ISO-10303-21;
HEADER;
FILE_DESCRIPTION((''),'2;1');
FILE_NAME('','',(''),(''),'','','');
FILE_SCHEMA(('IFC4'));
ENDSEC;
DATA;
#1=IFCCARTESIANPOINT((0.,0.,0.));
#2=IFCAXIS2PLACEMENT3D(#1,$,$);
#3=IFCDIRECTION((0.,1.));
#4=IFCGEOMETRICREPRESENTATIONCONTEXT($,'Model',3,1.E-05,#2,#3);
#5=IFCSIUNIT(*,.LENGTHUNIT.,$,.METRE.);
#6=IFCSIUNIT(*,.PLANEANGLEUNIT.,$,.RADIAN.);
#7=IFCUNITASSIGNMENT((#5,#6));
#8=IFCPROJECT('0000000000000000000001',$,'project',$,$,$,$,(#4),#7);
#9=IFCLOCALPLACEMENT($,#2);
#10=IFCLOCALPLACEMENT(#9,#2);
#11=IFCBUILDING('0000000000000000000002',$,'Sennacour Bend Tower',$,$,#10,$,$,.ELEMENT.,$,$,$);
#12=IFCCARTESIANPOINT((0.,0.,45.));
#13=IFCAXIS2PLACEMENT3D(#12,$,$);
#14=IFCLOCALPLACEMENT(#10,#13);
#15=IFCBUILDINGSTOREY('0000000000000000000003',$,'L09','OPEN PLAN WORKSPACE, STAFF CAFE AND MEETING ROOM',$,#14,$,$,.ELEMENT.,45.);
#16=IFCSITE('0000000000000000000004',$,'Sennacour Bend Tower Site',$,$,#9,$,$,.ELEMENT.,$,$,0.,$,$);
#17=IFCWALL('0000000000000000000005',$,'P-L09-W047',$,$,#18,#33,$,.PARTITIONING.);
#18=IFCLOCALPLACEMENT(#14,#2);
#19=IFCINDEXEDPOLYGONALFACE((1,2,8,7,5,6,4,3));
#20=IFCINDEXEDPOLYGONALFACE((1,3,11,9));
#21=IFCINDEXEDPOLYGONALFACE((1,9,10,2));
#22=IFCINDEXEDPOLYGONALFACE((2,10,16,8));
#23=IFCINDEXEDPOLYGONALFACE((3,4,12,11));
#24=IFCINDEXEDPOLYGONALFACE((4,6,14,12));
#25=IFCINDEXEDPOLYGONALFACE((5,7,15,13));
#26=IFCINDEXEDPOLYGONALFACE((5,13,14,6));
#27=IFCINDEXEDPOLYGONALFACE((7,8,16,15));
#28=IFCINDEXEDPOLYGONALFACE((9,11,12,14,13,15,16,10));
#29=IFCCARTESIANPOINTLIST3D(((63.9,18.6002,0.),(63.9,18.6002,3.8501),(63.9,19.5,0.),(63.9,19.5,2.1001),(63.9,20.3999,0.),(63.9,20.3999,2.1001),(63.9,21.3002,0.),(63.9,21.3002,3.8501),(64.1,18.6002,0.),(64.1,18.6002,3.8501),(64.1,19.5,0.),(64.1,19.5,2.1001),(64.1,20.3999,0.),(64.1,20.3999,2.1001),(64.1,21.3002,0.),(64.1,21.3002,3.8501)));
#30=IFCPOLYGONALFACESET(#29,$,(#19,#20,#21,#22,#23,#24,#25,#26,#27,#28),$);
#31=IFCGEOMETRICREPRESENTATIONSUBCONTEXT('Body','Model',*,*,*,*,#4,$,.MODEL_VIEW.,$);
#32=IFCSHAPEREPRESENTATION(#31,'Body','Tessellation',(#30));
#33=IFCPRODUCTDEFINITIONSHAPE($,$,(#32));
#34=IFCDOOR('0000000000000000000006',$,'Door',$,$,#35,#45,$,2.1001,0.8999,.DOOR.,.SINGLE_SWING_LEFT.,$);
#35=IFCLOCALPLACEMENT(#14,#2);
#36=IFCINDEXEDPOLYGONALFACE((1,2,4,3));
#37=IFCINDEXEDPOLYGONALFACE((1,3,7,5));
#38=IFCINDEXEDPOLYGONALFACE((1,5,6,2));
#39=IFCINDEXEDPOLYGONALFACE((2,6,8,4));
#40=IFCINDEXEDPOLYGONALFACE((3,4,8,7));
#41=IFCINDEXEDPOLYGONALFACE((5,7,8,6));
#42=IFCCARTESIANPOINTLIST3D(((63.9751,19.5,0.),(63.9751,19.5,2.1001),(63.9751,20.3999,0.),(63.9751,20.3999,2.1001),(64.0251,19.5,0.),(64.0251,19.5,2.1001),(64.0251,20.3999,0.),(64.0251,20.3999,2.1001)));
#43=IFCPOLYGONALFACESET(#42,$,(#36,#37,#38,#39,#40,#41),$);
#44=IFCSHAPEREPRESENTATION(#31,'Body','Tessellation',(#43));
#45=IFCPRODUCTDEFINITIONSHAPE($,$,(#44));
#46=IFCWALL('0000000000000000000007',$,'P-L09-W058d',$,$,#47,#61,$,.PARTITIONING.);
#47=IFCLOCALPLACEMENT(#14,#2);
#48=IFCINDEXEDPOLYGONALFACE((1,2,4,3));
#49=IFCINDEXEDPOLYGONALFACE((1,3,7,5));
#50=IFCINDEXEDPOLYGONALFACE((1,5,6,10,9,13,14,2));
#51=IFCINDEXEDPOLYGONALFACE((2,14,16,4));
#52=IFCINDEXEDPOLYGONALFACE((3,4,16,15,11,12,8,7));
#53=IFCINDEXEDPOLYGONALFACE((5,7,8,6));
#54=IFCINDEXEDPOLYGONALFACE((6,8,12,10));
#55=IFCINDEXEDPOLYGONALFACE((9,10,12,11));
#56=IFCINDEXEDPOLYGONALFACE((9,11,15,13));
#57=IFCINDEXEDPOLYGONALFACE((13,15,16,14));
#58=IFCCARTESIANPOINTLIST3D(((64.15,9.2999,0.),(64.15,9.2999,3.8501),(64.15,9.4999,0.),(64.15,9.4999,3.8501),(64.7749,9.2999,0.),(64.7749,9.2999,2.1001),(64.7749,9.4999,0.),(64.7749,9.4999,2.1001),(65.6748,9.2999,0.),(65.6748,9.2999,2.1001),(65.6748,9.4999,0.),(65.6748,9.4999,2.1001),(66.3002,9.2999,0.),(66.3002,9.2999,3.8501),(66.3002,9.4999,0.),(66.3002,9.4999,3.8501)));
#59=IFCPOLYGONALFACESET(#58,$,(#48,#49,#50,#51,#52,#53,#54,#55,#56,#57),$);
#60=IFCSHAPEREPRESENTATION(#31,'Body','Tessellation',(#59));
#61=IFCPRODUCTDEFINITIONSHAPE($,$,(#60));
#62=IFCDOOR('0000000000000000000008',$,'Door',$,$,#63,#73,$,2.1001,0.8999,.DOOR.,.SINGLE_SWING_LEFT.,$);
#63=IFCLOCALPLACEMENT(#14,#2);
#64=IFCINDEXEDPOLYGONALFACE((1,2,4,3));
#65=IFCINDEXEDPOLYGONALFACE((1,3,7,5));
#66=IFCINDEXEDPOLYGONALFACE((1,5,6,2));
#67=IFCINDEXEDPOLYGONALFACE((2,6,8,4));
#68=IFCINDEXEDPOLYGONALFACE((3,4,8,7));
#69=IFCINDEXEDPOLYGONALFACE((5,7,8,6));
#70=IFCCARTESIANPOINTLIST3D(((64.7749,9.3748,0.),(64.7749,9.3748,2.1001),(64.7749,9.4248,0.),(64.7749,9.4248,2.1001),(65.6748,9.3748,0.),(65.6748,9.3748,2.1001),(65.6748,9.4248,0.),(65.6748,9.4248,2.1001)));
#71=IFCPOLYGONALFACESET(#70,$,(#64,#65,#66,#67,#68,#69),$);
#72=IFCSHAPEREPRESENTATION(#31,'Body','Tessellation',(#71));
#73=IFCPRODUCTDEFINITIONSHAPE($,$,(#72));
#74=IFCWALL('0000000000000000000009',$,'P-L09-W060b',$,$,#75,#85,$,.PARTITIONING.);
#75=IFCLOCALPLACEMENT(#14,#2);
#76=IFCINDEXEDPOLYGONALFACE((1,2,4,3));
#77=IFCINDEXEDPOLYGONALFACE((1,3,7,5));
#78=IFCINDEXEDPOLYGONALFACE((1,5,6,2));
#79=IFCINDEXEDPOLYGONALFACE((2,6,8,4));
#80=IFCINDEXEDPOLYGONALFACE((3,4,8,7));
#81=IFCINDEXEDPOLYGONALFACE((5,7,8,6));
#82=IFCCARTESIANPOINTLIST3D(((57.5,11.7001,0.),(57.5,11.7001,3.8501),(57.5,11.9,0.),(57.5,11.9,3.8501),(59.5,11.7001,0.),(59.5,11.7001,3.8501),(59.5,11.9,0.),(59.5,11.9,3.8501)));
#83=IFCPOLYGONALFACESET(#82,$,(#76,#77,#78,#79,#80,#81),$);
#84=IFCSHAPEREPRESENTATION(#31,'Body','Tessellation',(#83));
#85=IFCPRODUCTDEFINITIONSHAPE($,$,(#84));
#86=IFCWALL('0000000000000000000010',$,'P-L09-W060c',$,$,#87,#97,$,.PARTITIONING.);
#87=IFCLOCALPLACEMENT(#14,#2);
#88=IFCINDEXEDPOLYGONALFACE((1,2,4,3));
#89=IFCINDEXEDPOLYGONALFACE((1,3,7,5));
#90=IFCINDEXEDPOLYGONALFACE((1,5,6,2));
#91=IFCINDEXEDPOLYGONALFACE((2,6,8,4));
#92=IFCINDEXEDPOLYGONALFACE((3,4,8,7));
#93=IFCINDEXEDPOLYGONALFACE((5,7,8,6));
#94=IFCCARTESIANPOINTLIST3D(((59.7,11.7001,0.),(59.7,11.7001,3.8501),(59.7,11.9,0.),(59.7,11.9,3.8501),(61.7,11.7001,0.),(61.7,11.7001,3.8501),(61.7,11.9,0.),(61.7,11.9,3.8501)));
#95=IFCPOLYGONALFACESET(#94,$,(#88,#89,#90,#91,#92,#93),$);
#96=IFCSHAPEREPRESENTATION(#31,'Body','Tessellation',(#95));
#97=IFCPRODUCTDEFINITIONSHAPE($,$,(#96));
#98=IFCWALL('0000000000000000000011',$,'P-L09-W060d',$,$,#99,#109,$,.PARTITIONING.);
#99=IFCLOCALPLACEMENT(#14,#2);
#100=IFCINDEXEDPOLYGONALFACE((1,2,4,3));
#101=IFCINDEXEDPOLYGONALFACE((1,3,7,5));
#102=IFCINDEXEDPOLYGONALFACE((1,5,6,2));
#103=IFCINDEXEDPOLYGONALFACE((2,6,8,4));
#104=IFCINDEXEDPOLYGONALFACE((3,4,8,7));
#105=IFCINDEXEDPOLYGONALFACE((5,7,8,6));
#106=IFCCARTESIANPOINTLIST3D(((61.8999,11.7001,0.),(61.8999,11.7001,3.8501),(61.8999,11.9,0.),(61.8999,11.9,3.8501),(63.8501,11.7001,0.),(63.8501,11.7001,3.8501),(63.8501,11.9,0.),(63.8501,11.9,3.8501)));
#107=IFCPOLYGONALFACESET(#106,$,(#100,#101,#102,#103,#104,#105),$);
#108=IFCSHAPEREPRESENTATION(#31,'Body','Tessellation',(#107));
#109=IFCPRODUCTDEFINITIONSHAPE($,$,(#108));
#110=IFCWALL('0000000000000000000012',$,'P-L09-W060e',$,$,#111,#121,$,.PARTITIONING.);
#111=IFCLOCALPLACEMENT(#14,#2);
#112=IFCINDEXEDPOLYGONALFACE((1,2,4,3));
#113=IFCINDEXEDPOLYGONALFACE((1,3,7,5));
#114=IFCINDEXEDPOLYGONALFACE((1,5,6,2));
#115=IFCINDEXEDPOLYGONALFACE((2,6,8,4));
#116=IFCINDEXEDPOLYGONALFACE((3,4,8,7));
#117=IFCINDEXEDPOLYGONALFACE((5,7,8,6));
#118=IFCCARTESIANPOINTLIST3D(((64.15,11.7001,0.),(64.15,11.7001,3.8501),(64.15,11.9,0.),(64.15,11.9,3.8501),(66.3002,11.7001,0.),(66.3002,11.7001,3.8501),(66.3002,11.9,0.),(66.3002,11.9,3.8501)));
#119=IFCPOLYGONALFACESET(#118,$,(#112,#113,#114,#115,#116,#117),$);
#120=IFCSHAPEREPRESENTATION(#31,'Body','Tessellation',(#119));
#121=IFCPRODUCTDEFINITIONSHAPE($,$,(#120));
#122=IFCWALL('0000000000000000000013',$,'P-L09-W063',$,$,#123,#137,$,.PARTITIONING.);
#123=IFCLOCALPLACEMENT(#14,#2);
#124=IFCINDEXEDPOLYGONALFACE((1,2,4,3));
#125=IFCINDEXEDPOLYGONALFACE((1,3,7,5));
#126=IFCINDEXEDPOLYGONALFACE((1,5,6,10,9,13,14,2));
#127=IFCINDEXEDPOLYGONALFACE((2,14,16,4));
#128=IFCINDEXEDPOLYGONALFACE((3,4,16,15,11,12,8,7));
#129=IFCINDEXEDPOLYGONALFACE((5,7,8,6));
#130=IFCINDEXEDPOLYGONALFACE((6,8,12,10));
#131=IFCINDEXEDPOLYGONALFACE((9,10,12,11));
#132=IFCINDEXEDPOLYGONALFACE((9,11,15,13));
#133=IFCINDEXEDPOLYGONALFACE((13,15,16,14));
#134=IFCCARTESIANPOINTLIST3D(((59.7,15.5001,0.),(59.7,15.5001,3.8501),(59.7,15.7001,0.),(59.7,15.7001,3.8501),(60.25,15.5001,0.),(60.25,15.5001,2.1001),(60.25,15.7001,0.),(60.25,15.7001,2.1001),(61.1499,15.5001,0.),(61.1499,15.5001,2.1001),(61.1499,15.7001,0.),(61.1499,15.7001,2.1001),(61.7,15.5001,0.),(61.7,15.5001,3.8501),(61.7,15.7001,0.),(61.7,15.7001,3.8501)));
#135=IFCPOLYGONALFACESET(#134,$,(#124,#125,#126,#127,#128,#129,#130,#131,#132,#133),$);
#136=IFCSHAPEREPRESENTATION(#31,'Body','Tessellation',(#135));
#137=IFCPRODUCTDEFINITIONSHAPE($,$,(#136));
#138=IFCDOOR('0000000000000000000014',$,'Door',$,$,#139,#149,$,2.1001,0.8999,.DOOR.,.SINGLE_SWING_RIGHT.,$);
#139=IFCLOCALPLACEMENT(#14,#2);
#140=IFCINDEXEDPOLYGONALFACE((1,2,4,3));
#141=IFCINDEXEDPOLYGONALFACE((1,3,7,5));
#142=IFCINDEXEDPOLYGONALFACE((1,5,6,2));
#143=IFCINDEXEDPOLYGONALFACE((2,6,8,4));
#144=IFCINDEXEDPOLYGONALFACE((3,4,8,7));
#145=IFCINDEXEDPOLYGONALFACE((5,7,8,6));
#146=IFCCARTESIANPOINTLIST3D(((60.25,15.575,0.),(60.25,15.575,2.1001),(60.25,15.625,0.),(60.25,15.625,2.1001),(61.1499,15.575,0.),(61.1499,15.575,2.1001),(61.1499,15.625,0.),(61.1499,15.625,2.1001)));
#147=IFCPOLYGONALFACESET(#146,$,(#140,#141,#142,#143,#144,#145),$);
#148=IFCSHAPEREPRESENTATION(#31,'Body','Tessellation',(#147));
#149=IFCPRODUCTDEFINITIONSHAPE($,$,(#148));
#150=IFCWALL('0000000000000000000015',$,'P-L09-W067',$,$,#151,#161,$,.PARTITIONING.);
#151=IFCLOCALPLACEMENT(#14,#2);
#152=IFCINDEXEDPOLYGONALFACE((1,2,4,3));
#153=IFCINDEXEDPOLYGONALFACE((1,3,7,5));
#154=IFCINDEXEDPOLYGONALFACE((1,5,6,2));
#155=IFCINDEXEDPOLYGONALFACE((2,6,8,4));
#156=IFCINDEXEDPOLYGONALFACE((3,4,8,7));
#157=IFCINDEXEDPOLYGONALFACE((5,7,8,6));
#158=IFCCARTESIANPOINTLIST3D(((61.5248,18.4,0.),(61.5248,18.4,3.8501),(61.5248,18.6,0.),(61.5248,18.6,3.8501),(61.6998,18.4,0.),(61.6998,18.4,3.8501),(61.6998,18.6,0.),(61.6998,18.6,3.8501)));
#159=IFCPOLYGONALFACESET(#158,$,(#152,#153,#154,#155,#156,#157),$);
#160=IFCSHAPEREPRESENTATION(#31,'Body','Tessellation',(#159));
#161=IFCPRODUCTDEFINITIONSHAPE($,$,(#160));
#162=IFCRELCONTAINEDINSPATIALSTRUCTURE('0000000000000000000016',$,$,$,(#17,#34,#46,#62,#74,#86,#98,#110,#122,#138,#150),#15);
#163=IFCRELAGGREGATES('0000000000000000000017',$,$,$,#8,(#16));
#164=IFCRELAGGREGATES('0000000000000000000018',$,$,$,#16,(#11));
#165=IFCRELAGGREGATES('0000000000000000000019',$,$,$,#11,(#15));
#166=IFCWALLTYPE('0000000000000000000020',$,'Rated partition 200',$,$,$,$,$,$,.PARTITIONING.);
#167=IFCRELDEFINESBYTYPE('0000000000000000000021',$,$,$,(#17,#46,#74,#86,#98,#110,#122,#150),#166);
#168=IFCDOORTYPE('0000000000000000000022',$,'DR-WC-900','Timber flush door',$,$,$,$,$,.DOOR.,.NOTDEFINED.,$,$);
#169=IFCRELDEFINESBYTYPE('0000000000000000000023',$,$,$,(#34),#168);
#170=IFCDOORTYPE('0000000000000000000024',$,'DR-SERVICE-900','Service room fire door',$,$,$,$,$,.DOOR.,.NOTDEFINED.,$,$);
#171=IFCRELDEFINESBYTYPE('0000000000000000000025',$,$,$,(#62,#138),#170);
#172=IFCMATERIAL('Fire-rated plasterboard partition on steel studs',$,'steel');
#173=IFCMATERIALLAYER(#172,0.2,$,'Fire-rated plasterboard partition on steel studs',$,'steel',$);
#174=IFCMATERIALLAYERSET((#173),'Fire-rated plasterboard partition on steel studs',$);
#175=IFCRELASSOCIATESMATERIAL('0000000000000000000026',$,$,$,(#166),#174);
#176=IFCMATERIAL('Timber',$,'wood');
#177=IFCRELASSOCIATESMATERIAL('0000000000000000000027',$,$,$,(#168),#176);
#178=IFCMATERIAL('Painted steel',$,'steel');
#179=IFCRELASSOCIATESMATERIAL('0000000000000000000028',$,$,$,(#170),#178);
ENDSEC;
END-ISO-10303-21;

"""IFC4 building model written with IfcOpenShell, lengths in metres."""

from ifc_helpers import new_model, si_unit, direction, frame, frame_2d, origin, place, context, subcontext, project, spatial, rectangle, extrude, material, layer, layer_set, type_object, element, fill, save


model = new_model("IFC4")

# Units and contexts
model_context = context("Model", 3, precision=1e-05, world=origin(), true_north=direction((0.0, 1.0)))
body_context = subcontext(model_context, "Body", "Model", "MODEL_VIEW")
ifc_project = project(units=[si_unit("LENGTHUNIT", "METRE"), si_unit("PLANEANGLEUNIT", "RADIAN")], contexts=[model_context])

# Site, building, storey
site_placement = place(None, origin())
site = spatial("IfcSite", under=ifc_project, at=site_placement, Name="Sennacour Bend Tower Site", CompositionType="ELEMENT", RefElevation=0.0)
building_placement = place(site_placement, origin())
building = spatial("IfcBuilding", under=site, at=building_placement, Name="Sennacour Bend Tower", CompositionType="ELEMENT")
storey_placement = place(building_placement, frame((0.0, 0.0, 45.0)))
storey = spatial("IfcBuildingStorey", under=building, at=storey_placement, Name="L09", Description="OPEN PLAN WORKSPACE, STAFF CAFE AND MEETING ROOM", CompositionType="ELEMENT", Elevation=45.0)

# Walls, openings, doors
ifc_material_1 = material(Name="Fire-rated plasterboard partition on steel studs", Category="steel")
ifc_layer_1 = layer(ifc_material_1, 0.2, Name="Fire-rated plasterboard partition on steel studs", Category="steel")
ifc_layer_set_1 = layer_set([ifc_layer_1], Name="Fire-rated plasterboard partition on steel studs")
wall_type_1 = type_object("IfcWallType", Name="Rated partition 200", PredefinedType="PARTITIONING", material=ifc_layer_set_1)
wall_1_placement = place(storey_placement, frame((64.0, 18.6001, 0.0), z_axis=(0.0, 0.0, 1.0), x_axis=(0.0, 1.0, 0.0)))
wall_1 = element("IfcWall", 1, at=wall_1_placement, inside=storey, type_object=wall_type_1, Name="P-L09-W047", PredefinedType="PARTITIONING", context=body_context, shape_type="SweptSolid", body=[
    extrude(rectangle(XDim=2.7, YDim=0.2, at=frame_2d((1.3501, 0.0))), origin(), (0.0, 0.0, 1.0), 3.8501),
])
opening_1_placement = place(wall_1_placement, frame((0.8999, 0.0, 0.0)))
opening_1 = element("IfcOpeningElement", 2, at=opening_1_placement, cuts=wall_1, PredefinedType="OPENING", context=body_context, shape_type="SweptSolid", body=[
    extrude(rectangle(XDim=0.8999, YDim=2.1001, at=frame_2d((0.45, 1.05))), frame((0.0, 0.1099, 0.0), z_axis=(0.0, -1.0, 0.0), x_axis=(1.0, 0.0, 0.0)), (0.0, 0.0, 1.0), 0.22),
])
ifc_material_2 = material(Name="Timber", Category="wood")
door_type_1 = type_object("IfcDoorType", Name="DR-WC-900", Description="Timber flush door", OperationType="NOTDEFINED", PredefinedType="DOOR", material=ifc_material_2)
door_1_placement = place(opening_1_placement, origin())
door_1 = element("IfcDoor", 3, at=door_1_placement, inside=storey, type_object=door_type_1, Name="Door", OperationType="SINGLE_SWING_LEFT", OverallHeight=2.1001, OverallWidth=0.8999, PredefinedType="DOOR", context=body_context, shape_type="SweptSolid", body=[
    extrude(rectangle(XDim=0.8999, YDim=2.1001, at=frame_2d((0.45, 1.05))), frame((0.0, 0.0249, 0.0), z_axis=(0.0, -1.0, 0.0), x_axis=(1.0, 0.0, 0.0)), (0.0, 0.0, 1.0), 0.05),
])
fill(opening_1, door_1)
wall_2_placement = place(storey_placement, frame((64.1499, 9.3999, 0.0), z_axis=(0.0, 0.0, 1.0), x_axis=(1.0, 0.0, 0.0)))
wall_2 = element("IfcWall", 4, at=wall_2_placement, inside=storey, type_object=wall_type_1, Name="P-L09-W058d", PredefinedType="PARTITIONING", context=body_context, shape_type="SweptSolid", body=[
    extrude(rectangle(XDim=2.1501, YDim=0.2, at=frame_2d((1.0752, 0.0))), origin(), (0.0, 0.0, 1.0), 3.8501),
])
opening_2_placement = place(wall_2_placement, frame((0.625, 0.0, 0.0)))
opening_2 = element("IfcOpeningElement", 5, at=opening_2_placement, cuts=wall_2, PredefinedType="OPENING", context=body_context, shape_type="SweptSolid", body=[
    extrude(rectangle(XDim=0.8999, YDim=2.1001, at=frame_2d((0.45, 1.05))), frame((0.0, 0.1099, 0.0), z_axis=(0.0, -1.0, 0.0), x_axis=(1.0, 0.0, 0.0)), (0.0, 0.0, 1.0), 0.22),
])
ifc_material_3 = material(Name="Painted steel", Category="steel")
door_type_2 = type_object("IfcDoorType", Name="DR-SERVICE-900", Description="Service room fire door", OperationType="NOTDEFINED", PredefinedType="DOOR", material=ifc_material_3)
door_2_placement = place(opening_2_placement, origin())
door_2 = element("IfcDoor", 6, at=door_2_placement, inside=storey, type_object=door_type_2, Name="Door", OperationType="SINGLE_SWING_LEFT", OverallHeight=2.1001, OverallWidth=0.8999, PredefinedType="DOOR", context=body_context, shape_type="SweptSolid", body=[
    extrude(rectangle(XDim=0.8999, YDim=2.1001, at=frame_2d((0.45, 1.05))), frame((0.0, 0.0249, 0.0), z_axis=(0.0, -1.0, 0.0), x_axis=(1.0, 0.0, 0.0)), (0.0, 0.0, 1.0), 0.05),
])
fill(opening_2, door_2)

# Walls
for number, where, z_axis, x_axis, name in (
    (7, (57.5, 11.8, 0.0), (0.0, 0.0, 1.0), (1.0, 0.0, 0.0), "P-L09-W060b"),
    (8, (59.7, 11.8, 0.0), (0.0, 0.0, 1.0), (1.0, 0.0, 0.0), "P-L09-W060c"),
):
    element("IfcWall", number, at=place(storey_placement, frame(where, z_axis=z_axis, x_axis=x_axis)), inside=storey, type_object=wall_type_1, Name=name, PredefinedType="PARTITIONING", context=body_context, shape_type="SweptSolid", body=[
        extrude(rectangle(XDim=2.0, YDim=0.2, at=frame_2d((1.0, 0.0))), origin(), (0.0, 0.0, 1.0), 3.8501),
    ])
wall_3_placement = place(storey_placement, frame((61.8999, 11.8, 0.0), z_axis=(0.0, 0.0, 1.0), x_axis=(1.0, 0.0, 0.0)))
element("IfcWall", 9, at=wall_3_placement, inside=storey, type_object=wall_type_1, Name="P-L09-W060d", PredefinedType="PARTITIONING", context=body_context, shape_type="SweptSolid", body=[
    extrude(rectangle(XDim=1.9502, YDim=0.2, at=frame_2d((0.9751, 0.0))), origin(), (0.0, 0.0, 1.0), 3.8501),
])
wall_4_placement = place(storey_placement, frame((64.1499, 11.8, 0.0), z_axis=(0.0, 0.0, 1.0), x_axis=(1.0, 0.0, 0.0)))
element("IfcWall", 10, at=wall_4_placement, inside=storey, type_object=wall_type_1, Name="P-L09-W060e", PredefinedType="PARTITIONING", context=body_context, shape_type="SweptSolid", body=[
    extrude(rectangle(XDim=2.1501, YDim=0.2, at=frame_2d((1.0752, 0.0))), origin(), (0.0, 0.0, 1.0), 3.8501),
])

# Wall, opening, door
wall_5_placement = place(storey_placement, frame((59.7, 15.6001, 0.0), z_axis=(0.0, 0.0, 1.0), x_axis=(1.0, 0.0, 0.0)))
wall_5 = element("IfcWall", 11, at=wall_5_placement, inside=storey, type_object=wall_type_1, Name="P-L09-W063", PredefinedType="PARTITIONING", context=body_context, shape_type="SweptSolid", body=[
    extrude(rectangle(XDim=2.0, YDim=0.2, at=frame_2d((1.0, 0.0))), origin(), (0.0, 0.0, 1.0), 3.8501),
])
opening_3_placement = place(wall_5_placement, frame((0.55, 0.0, 0.0)))
opening_3 = element("IfcOpeningElement", 12, at=opening_3_placement, cuts=wall_5, PredefinedType="OPENING", context=body_context, shape_type="SweptSolid", body=[
    extrude(rectangle(XDim=0.8999, YDim=2.1001, at=frame_2d((0.45, 1.05))), frame((0.0, 0.1099, 0.0), z_axis=(0.0, -1.0, 0.0), x_axis=(1.0, 0.0, 0.0)), (0.0, 0.0, 1.0), 0.22),
])
door_3_placement = place(opening_3_placement, origin())
door_3 = element("IfcDoor", 13, at=door_3_placement, inside=storey, type_object=door_type_2, Name="Door", OperationType="SINGLE_SWING_RIGHT", OverallHeight=2.1001, OverallWidth=0.8999, PredefinedType="DOOR", context=body_context, shape_type="SweptSolid", body=[
    extrude(rectangle(XDim=0.8999, YDim=2.1001, at=frame_2d((0.45, 1.05))), frame((0.0, 0.0249, 0.0), z_axis=(0.0, -1.0, 0.0), x_axis=(1.0, 0.0, 0.0)), (0.0, 0.0, 1.0), 0.05),
])
fill(opening_3, door_3)

# Wall
wall_6_placement = place(storey_placement, frame((61.5249, 18.5, 0.0), z_axis=(0.0, 0.0, 1.0), x_axis=(1.0, 0.0, 0.0)))
element("IfcWall", 14, at=wall_6_placement, inside=storey, type_object=wall_type_1, Name="P-L09-W067", PredefinedType="PARTITIONING", context=body_context, shape_type="SweptSolid", body=[
    extrude(rectangle(XDim=0.175, YDim=0.2, at=frame_2d((0.0874, 0.0))), origin(), (0.0, 0.0, 1.0), 3.8501),
])

save(model, "model.ifc")
